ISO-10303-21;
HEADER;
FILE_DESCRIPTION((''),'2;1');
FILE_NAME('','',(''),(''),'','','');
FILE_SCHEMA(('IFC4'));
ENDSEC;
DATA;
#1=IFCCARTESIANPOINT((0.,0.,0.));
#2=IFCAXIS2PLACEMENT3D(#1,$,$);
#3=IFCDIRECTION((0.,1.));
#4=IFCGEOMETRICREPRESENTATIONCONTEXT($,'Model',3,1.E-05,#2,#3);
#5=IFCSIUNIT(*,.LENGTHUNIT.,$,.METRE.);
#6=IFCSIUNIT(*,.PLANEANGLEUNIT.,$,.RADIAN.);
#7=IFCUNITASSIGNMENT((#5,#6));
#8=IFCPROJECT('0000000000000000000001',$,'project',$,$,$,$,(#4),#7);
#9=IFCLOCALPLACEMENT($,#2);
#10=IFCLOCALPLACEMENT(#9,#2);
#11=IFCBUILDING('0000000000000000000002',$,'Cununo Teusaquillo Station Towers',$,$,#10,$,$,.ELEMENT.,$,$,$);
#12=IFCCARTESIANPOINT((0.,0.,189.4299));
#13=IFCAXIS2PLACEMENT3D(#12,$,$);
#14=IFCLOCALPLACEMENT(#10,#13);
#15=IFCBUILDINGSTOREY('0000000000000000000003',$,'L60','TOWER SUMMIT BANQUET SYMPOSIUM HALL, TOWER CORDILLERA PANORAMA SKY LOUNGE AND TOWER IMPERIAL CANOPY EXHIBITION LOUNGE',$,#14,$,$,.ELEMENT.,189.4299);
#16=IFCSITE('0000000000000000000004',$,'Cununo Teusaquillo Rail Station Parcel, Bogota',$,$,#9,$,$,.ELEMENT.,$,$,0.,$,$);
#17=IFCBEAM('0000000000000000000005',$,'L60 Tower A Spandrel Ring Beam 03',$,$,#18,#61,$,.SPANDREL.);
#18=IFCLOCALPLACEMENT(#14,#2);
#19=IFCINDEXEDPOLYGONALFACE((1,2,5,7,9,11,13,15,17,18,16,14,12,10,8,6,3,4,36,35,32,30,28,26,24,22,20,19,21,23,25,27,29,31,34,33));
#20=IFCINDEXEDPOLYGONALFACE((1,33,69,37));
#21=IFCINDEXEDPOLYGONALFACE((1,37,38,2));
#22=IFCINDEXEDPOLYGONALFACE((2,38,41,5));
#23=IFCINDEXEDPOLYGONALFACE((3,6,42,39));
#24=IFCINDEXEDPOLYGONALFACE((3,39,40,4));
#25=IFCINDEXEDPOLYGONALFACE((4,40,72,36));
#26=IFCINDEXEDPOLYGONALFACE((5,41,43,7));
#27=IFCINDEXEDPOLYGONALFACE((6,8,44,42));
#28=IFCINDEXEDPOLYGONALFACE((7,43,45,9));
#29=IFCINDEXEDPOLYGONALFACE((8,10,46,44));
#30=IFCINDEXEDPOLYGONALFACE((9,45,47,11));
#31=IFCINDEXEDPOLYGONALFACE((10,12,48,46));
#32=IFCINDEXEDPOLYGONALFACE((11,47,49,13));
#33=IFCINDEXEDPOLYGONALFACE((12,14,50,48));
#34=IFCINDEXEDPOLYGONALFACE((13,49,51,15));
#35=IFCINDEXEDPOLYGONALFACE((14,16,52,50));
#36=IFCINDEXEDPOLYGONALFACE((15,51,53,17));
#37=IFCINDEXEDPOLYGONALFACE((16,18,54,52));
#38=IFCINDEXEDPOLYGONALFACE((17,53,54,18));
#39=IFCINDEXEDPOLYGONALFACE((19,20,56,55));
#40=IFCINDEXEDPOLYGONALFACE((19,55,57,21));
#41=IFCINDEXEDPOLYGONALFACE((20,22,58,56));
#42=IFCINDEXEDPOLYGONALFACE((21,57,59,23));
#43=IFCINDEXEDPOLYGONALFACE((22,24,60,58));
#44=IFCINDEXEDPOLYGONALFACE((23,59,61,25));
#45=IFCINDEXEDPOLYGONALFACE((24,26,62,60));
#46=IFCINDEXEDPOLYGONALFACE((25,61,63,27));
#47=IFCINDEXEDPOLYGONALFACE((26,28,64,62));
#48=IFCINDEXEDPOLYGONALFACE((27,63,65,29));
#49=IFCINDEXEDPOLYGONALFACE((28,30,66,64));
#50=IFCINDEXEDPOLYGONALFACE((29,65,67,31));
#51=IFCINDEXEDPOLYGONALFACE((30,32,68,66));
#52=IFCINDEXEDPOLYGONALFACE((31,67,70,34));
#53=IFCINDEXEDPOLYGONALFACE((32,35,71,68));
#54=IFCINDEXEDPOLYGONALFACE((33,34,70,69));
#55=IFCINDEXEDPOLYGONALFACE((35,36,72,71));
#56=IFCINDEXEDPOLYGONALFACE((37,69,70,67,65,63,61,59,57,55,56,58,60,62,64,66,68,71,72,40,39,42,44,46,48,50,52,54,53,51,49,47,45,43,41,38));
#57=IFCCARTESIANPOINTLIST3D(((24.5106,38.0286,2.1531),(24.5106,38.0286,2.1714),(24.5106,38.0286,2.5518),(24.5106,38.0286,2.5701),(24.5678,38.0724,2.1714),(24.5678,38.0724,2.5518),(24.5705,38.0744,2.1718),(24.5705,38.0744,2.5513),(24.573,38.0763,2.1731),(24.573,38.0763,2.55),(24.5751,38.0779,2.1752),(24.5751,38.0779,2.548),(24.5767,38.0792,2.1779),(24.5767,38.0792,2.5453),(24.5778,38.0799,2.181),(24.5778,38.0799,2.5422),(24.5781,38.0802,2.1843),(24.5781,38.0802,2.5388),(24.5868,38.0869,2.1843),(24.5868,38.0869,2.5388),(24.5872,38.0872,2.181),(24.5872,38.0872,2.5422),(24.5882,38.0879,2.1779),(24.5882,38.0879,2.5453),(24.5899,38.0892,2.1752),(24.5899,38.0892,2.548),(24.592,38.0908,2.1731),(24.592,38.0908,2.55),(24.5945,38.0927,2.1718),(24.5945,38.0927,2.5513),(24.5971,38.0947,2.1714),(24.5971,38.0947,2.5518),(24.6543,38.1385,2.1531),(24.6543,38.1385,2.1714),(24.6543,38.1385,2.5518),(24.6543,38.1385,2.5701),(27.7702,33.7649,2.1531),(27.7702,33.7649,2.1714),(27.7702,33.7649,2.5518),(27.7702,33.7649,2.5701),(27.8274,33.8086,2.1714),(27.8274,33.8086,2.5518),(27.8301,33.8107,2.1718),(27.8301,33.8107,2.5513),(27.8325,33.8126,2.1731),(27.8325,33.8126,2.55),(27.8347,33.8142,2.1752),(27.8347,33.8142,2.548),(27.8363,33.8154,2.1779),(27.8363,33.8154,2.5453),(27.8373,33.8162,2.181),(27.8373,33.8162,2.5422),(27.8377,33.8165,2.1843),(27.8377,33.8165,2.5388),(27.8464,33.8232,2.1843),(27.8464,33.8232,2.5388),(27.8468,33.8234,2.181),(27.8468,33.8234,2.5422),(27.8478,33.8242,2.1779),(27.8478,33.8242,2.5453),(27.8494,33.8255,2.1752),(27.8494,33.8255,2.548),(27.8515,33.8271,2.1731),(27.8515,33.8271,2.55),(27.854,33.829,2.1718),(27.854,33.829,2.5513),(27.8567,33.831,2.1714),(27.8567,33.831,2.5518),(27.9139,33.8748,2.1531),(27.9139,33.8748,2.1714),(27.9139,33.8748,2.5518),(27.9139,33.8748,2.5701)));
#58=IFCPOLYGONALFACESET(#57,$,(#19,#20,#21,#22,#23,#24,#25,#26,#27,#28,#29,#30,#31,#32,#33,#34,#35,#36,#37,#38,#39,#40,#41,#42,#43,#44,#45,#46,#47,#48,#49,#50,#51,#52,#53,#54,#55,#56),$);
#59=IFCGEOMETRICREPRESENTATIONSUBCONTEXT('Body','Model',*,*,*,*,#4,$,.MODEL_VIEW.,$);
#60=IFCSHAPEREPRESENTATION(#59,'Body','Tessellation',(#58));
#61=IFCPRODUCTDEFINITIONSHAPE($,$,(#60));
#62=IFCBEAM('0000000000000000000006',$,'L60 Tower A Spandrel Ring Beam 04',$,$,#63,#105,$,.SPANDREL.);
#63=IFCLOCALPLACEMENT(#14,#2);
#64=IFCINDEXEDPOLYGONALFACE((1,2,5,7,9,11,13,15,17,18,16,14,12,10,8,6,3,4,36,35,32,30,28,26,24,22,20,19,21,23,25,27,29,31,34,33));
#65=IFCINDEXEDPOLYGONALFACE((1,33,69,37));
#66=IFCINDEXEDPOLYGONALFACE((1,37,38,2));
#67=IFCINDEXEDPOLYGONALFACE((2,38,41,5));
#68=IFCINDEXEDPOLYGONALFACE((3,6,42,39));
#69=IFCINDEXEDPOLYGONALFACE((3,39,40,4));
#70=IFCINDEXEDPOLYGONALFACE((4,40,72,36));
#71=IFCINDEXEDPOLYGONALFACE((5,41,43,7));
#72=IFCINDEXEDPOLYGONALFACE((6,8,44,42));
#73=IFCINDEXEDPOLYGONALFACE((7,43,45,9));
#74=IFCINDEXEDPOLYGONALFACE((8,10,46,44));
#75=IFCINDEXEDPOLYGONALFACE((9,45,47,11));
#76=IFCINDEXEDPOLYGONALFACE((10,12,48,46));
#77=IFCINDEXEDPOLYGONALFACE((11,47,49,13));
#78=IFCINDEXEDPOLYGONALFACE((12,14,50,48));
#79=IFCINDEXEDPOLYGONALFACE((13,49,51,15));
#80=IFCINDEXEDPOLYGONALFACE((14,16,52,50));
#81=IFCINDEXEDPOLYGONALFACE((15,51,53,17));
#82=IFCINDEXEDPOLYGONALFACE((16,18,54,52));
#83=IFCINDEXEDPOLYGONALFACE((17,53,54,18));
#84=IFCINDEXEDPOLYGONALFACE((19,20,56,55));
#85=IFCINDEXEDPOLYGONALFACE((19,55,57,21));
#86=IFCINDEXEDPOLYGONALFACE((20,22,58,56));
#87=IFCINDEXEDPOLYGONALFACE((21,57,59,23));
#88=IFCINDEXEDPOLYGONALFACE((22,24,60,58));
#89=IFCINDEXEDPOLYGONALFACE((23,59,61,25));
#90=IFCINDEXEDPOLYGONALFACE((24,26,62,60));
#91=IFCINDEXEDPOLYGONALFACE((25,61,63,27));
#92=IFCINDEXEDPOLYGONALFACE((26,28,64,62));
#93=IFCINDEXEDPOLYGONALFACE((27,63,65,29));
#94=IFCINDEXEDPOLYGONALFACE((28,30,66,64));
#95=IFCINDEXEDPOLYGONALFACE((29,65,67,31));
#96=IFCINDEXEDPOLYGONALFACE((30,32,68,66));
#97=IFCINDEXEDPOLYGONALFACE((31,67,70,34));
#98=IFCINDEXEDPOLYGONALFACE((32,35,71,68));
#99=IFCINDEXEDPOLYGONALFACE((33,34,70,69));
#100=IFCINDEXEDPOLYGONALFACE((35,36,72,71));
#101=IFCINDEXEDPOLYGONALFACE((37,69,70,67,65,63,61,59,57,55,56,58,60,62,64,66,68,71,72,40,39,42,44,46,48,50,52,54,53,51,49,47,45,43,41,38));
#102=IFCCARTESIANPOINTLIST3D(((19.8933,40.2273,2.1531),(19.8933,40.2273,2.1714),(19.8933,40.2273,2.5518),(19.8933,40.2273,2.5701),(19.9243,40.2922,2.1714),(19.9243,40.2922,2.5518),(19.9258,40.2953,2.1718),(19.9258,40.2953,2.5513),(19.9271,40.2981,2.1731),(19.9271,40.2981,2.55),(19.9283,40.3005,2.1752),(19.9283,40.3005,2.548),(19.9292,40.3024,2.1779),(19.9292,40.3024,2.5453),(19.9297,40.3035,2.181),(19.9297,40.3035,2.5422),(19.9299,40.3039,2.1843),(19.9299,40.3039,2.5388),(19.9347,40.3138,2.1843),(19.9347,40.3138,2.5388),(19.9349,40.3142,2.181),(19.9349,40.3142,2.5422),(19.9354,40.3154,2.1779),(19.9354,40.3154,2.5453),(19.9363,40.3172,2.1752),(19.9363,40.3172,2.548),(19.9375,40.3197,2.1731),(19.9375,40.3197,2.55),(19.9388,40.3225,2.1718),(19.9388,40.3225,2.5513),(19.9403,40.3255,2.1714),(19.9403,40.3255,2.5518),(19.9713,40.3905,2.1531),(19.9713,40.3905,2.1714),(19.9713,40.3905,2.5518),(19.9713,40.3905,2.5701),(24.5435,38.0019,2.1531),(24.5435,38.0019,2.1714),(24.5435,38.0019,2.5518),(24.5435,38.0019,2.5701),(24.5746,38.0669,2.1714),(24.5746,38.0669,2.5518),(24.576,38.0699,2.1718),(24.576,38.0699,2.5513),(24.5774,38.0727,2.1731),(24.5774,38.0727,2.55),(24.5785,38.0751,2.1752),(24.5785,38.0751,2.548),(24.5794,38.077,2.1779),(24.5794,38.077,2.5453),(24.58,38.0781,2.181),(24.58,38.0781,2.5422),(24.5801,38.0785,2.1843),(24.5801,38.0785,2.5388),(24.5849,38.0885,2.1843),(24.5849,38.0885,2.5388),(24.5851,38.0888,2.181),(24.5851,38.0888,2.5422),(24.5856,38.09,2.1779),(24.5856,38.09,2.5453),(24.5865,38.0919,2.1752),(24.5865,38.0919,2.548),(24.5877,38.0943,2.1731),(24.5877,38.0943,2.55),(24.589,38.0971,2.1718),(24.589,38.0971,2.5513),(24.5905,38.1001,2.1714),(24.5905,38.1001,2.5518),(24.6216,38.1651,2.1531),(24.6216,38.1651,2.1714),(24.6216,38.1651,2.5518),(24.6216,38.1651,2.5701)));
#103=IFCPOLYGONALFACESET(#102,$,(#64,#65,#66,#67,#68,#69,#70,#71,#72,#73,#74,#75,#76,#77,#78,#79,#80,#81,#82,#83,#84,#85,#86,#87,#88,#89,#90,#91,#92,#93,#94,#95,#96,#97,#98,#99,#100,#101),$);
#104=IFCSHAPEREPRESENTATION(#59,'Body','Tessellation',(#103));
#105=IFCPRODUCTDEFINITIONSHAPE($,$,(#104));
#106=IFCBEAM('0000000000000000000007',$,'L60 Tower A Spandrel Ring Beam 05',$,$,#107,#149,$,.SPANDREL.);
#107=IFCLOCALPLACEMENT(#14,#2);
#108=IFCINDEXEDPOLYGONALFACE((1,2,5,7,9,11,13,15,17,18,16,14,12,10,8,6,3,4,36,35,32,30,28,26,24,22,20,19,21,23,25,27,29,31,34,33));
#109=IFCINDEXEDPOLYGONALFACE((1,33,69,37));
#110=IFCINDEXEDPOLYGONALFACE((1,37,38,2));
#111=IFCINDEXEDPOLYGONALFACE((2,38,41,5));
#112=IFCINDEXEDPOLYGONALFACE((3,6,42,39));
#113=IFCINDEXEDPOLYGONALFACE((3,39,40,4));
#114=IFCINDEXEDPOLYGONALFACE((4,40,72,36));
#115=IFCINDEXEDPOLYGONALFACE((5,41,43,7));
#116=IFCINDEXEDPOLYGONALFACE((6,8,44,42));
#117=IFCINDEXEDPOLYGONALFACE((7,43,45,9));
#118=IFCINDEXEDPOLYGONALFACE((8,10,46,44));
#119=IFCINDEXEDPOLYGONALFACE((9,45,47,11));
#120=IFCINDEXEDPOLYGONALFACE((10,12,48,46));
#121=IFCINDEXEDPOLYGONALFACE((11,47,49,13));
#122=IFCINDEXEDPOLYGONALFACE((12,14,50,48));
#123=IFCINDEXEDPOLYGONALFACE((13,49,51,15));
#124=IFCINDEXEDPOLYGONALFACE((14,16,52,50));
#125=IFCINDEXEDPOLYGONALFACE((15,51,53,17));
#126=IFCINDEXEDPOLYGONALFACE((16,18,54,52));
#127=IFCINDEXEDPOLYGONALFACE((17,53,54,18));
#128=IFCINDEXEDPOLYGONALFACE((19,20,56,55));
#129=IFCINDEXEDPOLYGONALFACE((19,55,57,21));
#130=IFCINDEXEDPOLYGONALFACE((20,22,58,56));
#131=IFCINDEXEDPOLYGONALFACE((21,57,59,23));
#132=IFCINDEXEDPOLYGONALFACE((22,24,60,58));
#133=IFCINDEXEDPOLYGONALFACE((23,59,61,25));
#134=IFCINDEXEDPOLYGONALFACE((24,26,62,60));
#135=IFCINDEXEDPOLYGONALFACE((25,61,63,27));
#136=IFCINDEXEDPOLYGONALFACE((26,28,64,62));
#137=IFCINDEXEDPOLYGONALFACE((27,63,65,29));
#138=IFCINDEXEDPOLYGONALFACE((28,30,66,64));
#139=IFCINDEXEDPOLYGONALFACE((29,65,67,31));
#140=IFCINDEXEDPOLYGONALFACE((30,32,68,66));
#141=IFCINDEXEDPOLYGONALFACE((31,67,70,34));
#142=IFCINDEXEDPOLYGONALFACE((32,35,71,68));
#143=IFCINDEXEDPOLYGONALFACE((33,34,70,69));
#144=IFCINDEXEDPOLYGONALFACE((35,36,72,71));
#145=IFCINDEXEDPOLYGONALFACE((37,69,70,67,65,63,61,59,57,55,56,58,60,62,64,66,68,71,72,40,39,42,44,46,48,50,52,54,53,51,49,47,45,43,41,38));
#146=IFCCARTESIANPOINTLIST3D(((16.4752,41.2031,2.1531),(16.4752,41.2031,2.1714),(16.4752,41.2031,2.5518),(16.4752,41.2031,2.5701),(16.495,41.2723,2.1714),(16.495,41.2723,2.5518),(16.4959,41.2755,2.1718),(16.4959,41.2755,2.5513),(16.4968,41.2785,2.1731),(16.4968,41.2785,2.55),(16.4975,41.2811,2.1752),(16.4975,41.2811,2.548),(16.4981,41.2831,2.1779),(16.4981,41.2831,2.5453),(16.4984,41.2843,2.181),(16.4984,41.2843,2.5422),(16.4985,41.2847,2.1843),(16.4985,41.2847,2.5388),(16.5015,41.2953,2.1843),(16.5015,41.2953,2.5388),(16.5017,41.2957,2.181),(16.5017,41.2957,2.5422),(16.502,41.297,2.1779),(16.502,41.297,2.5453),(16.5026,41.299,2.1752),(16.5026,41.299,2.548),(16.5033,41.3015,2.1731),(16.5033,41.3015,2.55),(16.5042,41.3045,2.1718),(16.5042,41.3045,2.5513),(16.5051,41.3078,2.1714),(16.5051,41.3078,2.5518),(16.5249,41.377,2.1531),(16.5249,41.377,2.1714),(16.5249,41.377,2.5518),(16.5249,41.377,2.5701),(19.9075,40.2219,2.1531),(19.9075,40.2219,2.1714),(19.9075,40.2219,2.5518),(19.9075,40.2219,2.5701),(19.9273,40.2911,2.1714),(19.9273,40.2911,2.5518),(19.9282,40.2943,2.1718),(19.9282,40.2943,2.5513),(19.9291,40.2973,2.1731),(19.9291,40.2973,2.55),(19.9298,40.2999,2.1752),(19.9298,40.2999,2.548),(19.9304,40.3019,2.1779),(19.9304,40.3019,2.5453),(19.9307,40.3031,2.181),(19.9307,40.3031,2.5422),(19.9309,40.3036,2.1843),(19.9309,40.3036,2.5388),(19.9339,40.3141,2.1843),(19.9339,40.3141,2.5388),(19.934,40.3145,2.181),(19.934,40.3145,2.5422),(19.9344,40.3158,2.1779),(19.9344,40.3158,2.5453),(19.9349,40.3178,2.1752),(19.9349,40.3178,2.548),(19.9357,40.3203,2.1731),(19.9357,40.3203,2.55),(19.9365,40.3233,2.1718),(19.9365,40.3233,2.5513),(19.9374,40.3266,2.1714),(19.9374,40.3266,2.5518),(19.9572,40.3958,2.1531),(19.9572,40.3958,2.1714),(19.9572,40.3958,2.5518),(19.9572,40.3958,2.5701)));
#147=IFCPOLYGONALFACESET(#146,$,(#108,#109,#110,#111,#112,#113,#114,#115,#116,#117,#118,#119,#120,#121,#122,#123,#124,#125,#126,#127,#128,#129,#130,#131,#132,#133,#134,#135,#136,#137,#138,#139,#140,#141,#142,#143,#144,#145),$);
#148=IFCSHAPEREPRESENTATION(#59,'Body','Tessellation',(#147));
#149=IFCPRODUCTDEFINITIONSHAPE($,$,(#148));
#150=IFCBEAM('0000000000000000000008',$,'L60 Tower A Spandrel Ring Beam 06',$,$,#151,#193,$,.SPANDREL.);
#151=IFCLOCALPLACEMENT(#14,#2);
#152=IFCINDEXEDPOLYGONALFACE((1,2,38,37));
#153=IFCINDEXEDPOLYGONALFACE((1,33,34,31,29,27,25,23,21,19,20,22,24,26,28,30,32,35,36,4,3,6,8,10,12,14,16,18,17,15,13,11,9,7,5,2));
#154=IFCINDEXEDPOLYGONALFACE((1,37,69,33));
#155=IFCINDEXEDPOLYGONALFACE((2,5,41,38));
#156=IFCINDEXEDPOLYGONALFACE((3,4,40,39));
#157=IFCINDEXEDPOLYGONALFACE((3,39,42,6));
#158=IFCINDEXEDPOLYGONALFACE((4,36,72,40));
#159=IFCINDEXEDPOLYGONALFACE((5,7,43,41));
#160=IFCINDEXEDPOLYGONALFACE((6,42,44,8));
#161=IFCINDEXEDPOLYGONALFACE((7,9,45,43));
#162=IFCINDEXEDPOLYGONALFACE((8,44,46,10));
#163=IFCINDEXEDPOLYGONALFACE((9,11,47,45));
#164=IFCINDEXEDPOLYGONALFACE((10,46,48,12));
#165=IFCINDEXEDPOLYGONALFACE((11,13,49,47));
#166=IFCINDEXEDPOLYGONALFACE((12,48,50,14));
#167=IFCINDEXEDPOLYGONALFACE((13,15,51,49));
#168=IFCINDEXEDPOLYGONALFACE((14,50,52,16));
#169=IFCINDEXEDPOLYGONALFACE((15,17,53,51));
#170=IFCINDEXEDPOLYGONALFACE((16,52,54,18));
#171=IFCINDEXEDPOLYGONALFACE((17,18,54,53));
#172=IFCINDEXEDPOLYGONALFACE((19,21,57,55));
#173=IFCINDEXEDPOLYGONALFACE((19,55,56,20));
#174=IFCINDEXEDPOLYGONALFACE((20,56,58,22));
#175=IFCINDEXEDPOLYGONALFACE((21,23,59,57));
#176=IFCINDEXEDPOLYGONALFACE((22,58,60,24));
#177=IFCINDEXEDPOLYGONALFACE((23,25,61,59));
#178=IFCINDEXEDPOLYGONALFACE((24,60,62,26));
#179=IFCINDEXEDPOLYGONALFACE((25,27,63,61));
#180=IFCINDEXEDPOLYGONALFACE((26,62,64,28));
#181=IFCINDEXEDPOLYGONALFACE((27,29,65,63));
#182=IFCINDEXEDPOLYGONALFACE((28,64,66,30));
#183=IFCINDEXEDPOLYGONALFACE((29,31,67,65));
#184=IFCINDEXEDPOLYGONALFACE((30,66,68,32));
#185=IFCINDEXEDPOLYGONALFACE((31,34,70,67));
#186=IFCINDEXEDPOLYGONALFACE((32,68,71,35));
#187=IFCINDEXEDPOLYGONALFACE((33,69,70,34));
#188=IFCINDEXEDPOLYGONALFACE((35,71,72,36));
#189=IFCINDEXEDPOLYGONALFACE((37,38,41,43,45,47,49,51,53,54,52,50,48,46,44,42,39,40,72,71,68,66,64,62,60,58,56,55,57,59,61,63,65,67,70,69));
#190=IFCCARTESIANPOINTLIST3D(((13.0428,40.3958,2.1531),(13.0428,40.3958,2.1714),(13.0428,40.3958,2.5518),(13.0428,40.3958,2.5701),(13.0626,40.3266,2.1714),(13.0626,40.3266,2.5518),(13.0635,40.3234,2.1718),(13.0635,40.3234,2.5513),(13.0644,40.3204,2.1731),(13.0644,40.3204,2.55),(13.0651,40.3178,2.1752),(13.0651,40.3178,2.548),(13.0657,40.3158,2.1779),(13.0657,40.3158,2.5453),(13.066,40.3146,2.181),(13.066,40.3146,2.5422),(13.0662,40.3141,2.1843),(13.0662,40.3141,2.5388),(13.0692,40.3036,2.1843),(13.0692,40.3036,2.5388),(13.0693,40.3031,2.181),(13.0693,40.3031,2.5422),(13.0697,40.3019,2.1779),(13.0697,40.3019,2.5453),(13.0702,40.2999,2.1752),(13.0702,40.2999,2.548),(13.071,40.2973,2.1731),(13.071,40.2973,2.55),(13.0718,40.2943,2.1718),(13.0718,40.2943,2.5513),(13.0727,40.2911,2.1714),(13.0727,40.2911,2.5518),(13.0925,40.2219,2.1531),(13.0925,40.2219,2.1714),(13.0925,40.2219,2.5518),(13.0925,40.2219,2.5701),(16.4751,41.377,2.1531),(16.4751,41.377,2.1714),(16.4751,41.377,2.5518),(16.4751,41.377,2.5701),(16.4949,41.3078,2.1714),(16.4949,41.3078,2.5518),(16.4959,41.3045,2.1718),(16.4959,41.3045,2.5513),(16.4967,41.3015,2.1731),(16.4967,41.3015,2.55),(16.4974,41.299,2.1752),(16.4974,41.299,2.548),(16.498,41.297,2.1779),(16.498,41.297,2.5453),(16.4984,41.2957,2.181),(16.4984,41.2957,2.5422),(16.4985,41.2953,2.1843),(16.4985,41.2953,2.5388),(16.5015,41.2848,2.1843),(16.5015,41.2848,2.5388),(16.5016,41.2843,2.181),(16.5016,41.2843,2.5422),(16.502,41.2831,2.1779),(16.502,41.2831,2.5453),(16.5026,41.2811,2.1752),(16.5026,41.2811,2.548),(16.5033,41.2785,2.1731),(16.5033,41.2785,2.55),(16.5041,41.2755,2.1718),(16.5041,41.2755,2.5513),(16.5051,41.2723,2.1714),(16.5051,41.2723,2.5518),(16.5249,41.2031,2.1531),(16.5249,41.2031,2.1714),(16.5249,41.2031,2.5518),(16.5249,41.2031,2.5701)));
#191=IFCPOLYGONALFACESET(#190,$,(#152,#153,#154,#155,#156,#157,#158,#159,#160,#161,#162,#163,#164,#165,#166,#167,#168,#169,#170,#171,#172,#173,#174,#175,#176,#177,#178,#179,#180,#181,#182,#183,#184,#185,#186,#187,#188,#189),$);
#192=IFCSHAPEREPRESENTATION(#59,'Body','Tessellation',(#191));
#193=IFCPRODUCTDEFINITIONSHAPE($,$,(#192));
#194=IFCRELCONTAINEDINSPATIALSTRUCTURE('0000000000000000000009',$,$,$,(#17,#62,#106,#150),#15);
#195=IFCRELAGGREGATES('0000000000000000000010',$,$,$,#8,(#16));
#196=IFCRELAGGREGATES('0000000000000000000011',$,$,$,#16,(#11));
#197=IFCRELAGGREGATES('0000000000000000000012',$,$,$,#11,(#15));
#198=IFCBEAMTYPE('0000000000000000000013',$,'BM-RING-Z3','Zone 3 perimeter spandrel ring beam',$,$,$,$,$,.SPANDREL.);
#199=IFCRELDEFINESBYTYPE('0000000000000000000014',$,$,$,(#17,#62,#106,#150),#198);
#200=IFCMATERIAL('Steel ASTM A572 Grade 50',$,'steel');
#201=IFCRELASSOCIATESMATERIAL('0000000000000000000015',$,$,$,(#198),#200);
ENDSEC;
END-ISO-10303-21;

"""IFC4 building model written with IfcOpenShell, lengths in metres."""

from ifc_helpers import new_model, si_unit, direction, frame, origin, origin_2d, place, context, subcontext, project, spatial, i_section, extrude, material, material_profile, profile_set, type_object, element, save


model = new_model("IFC4")

# Units and contexts
model_context = context("Model", 3, precision=1e-05, world=origin(), true_north=direction((0.0, 1.0)))
body_context = subcontext(model_context, "Body", "Model", "MODEL_VIEW")
ifc_project = project(units=[si_unit("LENGTHUNIT", "METRE"), si_unit("PLANEANGLEUNIT", "RADIAN")], contexts=[model_context])

# Site, building, storey
site_placement = place(None, origin())
site = spatial("IfcSite", under=ifc_project, at=site_placement, Name="Cununo Teusaquillo Rail Station Parcel, Bogota", CompositionType="ELEMENT", RefElevation=0.0)
building_placement = place(site_placement, origin())
building = spatial("IfcBuilding", under=site, at=building_placement, Name="Cununo Teusaquillo Station Towers", CompositionType="ELEMENT")
storey_placement = place(building_placement, frame((0.0, 0.0, 189.4299)))
storey = spatial("IfcBuildingStorey", under=building, at=storey_placement, Name="L60", Description="TOWER SUMMIT BANQUET SYMPOSIUM HALL, TOWER CORDILLERA PANORAMA SKY LOUNGE AND TOWER IMPERIAL CANOPY EXHIBITION LOUNGE", CompositionType="ELEMENT", Elevation=189.4299)

# Beams
ifc_material_1 = material(Name="Steel ASTM A572 Grade 50", Category="steel")
ifc_material_profile_1 = material_profile(ifc_material_1, i_section(OverallWidth=0.1809, OverallDepth=0.417, WebThickness=0.011, FlangeThickness=0.0183, FilletRadius=0.0129, at=origin_2d()), Name="W16X57")
ifc_profile_set_1 = profile_set([ifc_material_profile_1], Name="Steel ASTM A572 Grade 50")
beam_type_1 = type_object("IfcBeamType", Name="BM-RING-Z3", Description="Zone 3 perimeter spandrel ring beam", PredefinedType="SPANDREL", material=ifc_profile_set_1)
beam_1_placement = place(storey_placement, frame((27.842, 33.8198, 2.3616), z_axis=(-0.60734, 0.794442, 0.0), x_axis=(-0.794442, -0.60734, 0.0)))
element("IfcBeam", 1, at=beam_1_placement, inside=storey, type_object=beam_type_1, Name="L60 Tower A Spandrel Ring Beam 03", PredefinedType="SPANDREL", context=body_context, shape_type="SweptSolid", body=[
    extrude(i_section(OverallWidth=0.1809, OverallDepth=0.417, WebThickness=0.011, FlangeThickness=0.0183, FilletRadius=0.0129, at=origin_2d()), origin(), (0.0, 0.0, 1.0), 5.3669),
])
beam_2_placement = place(storey_placement, frame((24.5825, 38.0835, 2.3616), z_axis=(-0.902032, 0.43167, 0.0), x_axis=(-0.43167, -0.902032, 0.0)))
element("IfcBeam", 2, at=beam_2_placement, inside=storey, type_object=beam_type_1, Name="L60 Tower A Spandrel Ring Beam 04", PredefinedType="SPANDREL", context=body_context, shape_type="SweptSolid", body=[
    extrude(i_section(OverallWidth=0.1809, OverallDepth=0.417, WebThickness=0.011, FlangeThickness=0.0183, FilletRadius=0.0129, at=origin_2d()), origin(), (0.0, 0.0, 1.0), 5.1553),
])
for number, where, z_axis, x_axis, name in (
    (3, (19.9324, 40.3088, 2.3616), (-0.961485, 0.274857, 0.0), (-0.274857, -0.961485, 0.0), "L60 Tower A Spandrel Ring Beam 05"),
    (4, (16.5, 41.29, 2.3616), (-0.961485, -0.274857, 0.0), (0.274857, -0.961485, 0.0), "L60 Tower A Spandrel Ring Beam 06"),
):
    element("IfcBeam", number, at=place(storey_placement, frame(where, z_axis=z_axis, x_axis=x_axis)), inside=storey, type_object=beam_type_1, Name=name, PredefinedType="SPANDREL", context=body_context, shape_type="SweptSolid", body=[
        extrude(i_section(OverallWidth=0.1809, OverallDepth=0.417, WebThickness=0.011, FlangeThickness=0.0183, FilletRadius=0.0129, at=origin_2d()), origin(), (0.0, 0.0, 1.0), 3.5698),
    ])

save(model, "model.ifc")
